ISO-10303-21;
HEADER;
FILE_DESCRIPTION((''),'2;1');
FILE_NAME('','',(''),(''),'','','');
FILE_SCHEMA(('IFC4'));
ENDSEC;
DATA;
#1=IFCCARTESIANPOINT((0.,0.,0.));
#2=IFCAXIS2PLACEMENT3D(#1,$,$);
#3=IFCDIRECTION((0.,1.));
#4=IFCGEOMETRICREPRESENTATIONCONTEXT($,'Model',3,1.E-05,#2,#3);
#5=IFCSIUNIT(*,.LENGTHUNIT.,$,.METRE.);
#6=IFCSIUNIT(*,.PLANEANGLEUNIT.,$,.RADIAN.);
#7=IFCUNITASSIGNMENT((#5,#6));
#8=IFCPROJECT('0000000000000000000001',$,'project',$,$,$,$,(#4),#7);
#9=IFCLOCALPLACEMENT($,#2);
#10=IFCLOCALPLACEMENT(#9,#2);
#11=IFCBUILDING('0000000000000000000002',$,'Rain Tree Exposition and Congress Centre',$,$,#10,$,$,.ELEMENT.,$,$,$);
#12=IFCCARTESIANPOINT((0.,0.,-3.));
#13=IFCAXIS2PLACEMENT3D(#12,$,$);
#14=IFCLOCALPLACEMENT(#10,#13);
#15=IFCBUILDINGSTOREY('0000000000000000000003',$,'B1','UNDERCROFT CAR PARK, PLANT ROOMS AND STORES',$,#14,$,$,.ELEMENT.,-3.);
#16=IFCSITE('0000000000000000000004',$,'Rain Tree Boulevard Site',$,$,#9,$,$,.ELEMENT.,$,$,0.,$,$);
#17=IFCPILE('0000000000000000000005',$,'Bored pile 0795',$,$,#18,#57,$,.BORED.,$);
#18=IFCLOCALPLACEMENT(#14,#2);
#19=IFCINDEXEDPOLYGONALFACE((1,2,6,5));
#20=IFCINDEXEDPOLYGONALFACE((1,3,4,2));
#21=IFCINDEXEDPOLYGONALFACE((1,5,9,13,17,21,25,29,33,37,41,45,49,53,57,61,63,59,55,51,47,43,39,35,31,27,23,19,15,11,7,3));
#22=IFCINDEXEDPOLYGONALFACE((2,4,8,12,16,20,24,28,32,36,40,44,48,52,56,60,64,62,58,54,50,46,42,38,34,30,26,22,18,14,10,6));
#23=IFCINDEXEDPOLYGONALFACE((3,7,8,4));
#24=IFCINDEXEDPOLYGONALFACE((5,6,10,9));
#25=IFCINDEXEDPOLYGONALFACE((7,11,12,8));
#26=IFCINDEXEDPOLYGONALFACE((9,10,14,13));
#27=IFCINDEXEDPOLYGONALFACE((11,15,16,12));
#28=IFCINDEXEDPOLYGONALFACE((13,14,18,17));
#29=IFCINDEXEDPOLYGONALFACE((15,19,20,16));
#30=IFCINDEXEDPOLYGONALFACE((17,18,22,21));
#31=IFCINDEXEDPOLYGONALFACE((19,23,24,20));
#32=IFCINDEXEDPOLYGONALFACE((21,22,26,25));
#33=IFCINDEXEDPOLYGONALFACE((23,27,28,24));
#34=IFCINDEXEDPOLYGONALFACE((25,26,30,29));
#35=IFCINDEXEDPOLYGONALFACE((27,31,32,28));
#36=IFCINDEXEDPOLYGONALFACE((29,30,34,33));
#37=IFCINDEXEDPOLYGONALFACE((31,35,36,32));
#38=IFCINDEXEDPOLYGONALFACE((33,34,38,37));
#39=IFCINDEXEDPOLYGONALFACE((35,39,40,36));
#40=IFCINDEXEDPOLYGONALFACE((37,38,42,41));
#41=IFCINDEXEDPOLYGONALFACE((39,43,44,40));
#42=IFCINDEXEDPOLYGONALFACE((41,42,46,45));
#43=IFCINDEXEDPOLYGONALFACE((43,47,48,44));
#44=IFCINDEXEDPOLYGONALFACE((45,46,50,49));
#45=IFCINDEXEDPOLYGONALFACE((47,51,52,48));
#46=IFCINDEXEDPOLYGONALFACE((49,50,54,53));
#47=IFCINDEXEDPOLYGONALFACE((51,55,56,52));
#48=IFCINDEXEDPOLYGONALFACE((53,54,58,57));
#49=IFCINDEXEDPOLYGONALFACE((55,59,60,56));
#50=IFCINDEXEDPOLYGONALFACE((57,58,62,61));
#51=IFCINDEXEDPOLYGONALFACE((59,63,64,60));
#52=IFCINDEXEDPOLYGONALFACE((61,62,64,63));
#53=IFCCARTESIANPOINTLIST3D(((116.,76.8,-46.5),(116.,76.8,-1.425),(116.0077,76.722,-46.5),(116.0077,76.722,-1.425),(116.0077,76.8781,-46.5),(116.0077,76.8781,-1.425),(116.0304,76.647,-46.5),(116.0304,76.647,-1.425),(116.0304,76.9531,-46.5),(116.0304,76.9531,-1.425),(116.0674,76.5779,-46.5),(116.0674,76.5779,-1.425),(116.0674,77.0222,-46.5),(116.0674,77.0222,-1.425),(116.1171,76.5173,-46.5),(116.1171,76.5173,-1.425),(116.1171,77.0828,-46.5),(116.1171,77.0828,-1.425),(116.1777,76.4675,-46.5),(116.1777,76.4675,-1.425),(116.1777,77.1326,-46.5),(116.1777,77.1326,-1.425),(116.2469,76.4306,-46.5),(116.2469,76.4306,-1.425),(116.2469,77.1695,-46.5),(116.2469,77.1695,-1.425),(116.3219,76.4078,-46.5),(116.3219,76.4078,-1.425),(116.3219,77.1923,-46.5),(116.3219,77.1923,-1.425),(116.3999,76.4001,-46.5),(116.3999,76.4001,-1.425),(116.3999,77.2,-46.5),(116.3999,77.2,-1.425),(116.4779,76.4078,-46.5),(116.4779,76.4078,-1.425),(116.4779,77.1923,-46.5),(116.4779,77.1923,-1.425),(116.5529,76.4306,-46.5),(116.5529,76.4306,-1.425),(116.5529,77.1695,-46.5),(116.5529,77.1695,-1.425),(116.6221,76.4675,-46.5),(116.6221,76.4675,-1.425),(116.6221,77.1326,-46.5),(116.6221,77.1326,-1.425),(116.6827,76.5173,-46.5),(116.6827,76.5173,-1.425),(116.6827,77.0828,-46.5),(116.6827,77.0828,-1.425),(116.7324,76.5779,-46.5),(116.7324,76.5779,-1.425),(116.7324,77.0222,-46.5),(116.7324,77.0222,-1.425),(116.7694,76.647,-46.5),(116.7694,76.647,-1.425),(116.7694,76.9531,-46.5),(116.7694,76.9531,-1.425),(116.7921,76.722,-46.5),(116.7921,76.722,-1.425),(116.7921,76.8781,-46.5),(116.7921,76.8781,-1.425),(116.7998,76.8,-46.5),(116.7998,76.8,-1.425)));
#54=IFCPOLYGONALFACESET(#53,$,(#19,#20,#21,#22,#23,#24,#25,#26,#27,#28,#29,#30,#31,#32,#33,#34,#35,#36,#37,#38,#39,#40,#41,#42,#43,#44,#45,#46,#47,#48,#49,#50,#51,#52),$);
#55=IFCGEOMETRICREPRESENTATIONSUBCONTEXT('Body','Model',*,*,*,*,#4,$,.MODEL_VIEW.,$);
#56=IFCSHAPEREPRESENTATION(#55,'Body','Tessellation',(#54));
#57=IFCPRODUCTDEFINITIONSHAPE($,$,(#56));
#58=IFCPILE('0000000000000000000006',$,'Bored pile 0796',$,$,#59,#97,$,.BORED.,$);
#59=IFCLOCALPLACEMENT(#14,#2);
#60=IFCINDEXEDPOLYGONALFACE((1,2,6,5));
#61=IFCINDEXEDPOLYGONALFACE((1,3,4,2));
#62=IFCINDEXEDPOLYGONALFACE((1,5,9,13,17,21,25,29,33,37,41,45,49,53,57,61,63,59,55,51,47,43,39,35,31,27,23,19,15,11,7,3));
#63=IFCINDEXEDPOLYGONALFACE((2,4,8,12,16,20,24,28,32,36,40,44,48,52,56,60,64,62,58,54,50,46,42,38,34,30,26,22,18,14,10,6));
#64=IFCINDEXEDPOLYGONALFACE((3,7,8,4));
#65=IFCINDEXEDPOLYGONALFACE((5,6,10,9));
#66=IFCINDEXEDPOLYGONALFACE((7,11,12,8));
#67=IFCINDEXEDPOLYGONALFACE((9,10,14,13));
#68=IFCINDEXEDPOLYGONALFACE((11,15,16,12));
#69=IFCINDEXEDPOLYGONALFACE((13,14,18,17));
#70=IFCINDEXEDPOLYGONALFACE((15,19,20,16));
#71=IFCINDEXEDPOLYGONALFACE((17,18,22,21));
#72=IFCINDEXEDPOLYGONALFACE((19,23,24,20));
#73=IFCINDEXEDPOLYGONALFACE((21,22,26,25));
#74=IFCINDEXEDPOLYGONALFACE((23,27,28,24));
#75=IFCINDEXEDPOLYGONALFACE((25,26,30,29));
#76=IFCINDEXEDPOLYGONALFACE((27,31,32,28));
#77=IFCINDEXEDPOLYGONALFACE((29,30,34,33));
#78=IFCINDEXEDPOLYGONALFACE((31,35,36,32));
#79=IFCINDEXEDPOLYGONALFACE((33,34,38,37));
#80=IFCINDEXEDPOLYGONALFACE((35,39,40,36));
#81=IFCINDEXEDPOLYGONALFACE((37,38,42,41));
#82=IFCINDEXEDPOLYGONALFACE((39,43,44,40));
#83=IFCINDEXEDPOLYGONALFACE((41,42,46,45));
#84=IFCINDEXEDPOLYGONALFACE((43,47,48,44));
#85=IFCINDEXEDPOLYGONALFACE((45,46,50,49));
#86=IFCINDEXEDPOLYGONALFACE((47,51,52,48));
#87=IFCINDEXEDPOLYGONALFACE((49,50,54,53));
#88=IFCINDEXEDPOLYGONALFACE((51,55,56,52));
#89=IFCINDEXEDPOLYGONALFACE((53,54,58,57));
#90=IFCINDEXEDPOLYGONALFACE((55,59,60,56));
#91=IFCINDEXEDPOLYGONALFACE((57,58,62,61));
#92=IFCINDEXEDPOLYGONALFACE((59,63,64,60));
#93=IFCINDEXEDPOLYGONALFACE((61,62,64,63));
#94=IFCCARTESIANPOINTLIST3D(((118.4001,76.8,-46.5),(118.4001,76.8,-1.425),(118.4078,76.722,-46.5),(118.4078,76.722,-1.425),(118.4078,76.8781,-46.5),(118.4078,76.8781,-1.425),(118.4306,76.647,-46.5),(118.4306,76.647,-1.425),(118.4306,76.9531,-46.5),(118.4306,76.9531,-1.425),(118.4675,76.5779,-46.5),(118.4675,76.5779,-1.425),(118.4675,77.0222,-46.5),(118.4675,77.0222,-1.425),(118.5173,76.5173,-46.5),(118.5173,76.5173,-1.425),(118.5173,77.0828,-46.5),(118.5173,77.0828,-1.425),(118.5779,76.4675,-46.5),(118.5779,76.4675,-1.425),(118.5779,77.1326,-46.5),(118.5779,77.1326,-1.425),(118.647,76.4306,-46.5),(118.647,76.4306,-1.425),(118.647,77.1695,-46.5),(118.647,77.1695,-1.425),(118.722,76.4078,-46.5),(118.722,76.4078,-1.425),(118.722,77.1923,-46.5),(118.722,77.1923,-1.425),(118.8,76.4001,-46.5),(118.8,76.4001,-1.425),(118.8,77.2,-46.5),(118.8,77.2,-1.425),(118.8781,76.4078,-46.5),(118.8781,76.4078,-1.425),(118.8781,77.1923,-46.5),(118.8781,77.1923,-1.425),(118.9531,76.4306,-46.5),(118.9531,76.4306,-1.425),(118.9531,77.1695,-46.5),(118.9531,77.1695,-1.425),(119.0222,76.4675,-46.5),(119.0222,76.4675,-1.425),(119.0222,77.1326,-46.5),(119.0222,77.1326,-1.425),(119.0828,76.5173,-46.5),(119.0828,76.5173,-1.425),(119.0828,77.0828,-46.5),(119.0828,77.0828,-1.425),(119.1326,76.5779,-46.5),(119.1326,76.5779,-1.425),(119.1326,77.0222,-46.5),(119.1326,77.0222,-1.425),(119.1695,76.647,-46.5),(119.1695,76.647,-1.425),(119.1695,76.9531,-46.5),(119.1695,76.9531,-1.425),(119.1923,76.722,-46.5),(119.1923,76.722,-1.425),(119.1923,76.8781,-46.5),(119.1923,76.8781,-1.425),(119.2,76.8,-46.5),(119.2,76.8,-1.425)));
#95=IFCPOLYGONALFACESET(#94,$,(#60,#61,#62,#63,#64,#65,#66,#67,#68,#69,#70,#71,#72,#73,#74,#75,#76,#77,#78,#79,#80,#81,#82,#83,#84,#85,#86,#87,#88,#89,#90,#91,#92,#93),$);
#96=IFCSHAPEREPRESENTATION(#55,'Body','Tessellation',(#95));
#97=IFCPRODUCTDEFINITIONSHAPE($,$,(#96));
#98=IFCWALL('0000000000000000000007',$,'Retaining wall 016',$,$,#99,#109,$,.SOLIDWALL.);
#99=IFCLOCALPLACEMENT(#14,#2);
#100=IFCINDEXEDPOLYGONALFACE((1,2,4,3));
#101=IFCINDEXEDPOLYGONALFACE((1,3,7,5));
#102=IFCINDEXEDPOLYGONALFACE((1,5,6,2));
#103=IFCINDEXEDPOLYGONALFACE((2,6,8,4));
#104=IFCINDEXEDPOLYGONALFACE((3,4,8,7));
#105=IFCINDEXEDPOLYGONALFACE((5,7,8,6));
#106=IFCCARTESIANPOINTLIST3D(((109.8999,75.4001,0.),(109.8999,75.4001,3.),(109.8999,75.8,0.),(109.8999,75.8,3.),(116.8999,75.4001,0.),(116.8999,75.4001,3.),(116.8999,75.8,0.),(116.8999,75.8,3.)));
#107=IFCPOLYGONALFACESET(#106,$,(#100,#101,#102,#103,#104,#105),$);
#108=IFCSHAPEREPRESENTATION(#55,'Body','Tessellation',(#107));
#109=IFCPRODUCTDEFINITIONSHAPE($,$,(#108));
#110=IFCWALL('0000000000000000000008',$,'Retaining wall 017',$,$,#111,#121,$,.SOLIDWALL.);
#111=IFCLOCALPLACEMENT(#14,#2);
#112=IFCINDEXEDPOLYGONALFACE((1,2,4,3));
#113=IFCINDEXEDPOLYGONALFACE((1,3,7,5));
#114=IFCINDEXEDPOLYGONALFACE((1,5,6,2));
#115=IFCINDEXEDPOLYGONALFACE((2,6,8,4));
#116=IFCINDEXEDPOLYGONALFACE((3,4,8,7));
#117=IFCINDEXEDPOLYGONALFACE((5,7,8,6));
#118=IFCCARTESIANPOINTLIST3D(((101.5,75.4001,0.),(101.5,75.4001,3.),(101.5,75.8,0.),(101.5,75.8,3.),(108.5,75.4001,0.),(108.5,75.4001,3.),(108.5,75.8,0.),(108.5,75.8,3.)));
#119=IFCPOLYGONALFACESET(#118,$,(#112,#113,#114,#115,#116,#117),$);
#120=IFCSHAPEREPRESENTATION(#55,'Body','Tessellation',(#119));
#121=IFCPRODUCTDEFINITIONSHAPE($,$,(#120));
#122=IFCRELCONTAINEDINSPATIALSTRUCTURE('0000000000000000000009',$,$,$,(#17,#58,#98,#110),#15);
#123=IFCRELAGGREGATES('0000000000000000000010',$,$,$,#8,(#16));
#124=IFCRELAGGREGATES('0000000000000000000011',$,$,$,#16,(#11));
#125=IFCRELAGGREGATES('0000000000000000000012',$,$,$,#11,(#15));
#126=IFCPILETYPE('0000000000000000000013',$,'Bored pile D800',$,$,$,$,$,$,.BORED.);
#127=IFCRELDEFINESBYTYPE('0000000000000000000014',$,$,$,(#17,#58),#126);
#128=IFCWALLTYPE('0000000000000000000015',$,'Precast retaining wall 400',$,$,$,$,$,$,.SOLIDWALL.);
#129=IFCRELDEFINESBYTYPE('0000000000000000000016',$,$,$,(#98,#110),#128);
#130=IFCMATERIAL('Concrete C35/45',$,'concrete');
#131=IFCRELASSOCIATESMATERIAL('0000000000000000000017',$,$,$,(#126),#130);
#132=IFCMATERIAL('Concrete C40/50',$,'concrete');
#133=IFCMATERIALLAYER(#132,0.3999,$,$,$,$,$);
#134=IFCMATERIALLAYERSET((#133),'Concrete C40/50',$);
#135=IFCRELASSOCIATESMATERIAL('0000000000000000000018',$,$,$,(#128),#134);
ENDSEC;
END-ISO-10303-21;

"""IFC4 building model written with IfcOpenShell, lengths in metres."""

from ifc_helpers import new_model, si_unit, direction, frame, frame_2d, origin, origin_2d, place, context, subcontext, project, spatial, rectangle, circle, extrude, material, layer, layer_set, material_profile, profile_set, type_object, element, save


model = new_model("IFC4")

# Units and contexts
model_context = context("Model", 3, precision=1e-05, world=origin(), true_north=direction((0.0, 1.0)))
body_context = subcontext(model_context, "Body", "Model", "MODEL_VIEW")
ifc_project = project(units=[si_unit("LENGTHUNIT", "METRE"), si_unit("PLANEANGLEUNIT", "RADIAN")], contexts=[model_context])

# Site, building, storey
site_placement = place(None, origin())
site = spatial("IfcSite", under=ifc_project, at=site_placement, Name="Rain Tree Boulevard Site", CompositionType="ELEMENT", RefElevation=0.0)
building_placement = place(site_placement, origin())
building = spatial("IfcBuilding", under=site, at=building_placement, Name="Rain Tree Exposition and Congress Centre", CompositionType="ELEMENT")
storey_placement = place(building_placement, frame((0.0, 0.0, -3.0)))
storey = spatial("IfcBuildingStorey", under=building, at=storey_placement, Name="B1", Description="UNDERCROFT CAR PARK, PLANT ROOMS AND STORES", CompositionType="ELEMENT", Elevation=-3.0)

# Piles
ifc_material_1 = material(Name="Concrete C35/45", Category="concrete")
ifc_material_profile_1 = material_profile(ifc_material_1, circle(Radius=0.3999, at=origin_2d()), Name="D800")
ifc_profile_set_1 = profile_set([ifc_material_profile_1], Name="Concrete C35/45")
pile_type_1 = type_object("IfcPileType", Name="Bored pile D800", PredefinedType="BORED", material=ifc_profile_set_1)
for number, where, z_axis, x_axis, name in (
    (1, (116.3999, 76.8, -1.425), (0.0, 0.0, -1.0), (1.0, 0.0, 0.0), "Bored pile 0795"),
    (2, (118.8, 76.8, -1.425), (0.0, 0.0, -1.0), (1.0, 0.0, 0.0), "Bored pile 0796"),
):
    element("IfcPile", number, at=place(storey_placement, frame(where, z_axis=z_axis, x_axis=x_axis)), inside=storey, type_object=pile_type_1, Name=name, PredefinedType="BORED", context=body_context, shape_type="SweptSolid", body=[
        extrude(circle(Radius=0.3999, at=origin_2d()), origin(), (0.0, 0.0, 1.0), 45.075),
    ])

# Walls
ifc_material_2 = material(Name="Concrete C40/50", Category="concrete")
ifc_layer = layer(ifc_material_2, 0.3999)
ifc_layer_set = layer_set([ifc_layer], Name="Concrete C40/50")
wall_type = type_object("IfcWallType", Name="Precast retaining wall 400", PredefinedType="SOLIDWALL", material=ifc_layer_set)
for number, where, z_axis, x_axis, name in (
    (3, (116.8999, 75.6001, 0.0), (0.0, 0.0, 1.0), (-1.0, 0.0, 0.0), "Retaining wall 016"),
    (4, (108.5, 75.6001, 0.0), (0.0, 0.0, 1.0), (-1.0, 0.0, 0.0), "Retaining wall 017"),
):
    element("IfcWall", number, at=place(storey_placement, frame(where, z_axis=z_axis, x_axis=x_axis)), inside=storey, type_object=wall_type, Name=name, PredefinedType="SOLIDWALL", context=body_context, shape_type="SweptSolid", body=[
        extrude(rectangle(XDim=7.0, YDim=0.3999, at=frame_2d((3.5, 0.0))), origin(), (0.0, 0.0, 1.0), 3.0),
    ])

save(model, "model.ifc")
